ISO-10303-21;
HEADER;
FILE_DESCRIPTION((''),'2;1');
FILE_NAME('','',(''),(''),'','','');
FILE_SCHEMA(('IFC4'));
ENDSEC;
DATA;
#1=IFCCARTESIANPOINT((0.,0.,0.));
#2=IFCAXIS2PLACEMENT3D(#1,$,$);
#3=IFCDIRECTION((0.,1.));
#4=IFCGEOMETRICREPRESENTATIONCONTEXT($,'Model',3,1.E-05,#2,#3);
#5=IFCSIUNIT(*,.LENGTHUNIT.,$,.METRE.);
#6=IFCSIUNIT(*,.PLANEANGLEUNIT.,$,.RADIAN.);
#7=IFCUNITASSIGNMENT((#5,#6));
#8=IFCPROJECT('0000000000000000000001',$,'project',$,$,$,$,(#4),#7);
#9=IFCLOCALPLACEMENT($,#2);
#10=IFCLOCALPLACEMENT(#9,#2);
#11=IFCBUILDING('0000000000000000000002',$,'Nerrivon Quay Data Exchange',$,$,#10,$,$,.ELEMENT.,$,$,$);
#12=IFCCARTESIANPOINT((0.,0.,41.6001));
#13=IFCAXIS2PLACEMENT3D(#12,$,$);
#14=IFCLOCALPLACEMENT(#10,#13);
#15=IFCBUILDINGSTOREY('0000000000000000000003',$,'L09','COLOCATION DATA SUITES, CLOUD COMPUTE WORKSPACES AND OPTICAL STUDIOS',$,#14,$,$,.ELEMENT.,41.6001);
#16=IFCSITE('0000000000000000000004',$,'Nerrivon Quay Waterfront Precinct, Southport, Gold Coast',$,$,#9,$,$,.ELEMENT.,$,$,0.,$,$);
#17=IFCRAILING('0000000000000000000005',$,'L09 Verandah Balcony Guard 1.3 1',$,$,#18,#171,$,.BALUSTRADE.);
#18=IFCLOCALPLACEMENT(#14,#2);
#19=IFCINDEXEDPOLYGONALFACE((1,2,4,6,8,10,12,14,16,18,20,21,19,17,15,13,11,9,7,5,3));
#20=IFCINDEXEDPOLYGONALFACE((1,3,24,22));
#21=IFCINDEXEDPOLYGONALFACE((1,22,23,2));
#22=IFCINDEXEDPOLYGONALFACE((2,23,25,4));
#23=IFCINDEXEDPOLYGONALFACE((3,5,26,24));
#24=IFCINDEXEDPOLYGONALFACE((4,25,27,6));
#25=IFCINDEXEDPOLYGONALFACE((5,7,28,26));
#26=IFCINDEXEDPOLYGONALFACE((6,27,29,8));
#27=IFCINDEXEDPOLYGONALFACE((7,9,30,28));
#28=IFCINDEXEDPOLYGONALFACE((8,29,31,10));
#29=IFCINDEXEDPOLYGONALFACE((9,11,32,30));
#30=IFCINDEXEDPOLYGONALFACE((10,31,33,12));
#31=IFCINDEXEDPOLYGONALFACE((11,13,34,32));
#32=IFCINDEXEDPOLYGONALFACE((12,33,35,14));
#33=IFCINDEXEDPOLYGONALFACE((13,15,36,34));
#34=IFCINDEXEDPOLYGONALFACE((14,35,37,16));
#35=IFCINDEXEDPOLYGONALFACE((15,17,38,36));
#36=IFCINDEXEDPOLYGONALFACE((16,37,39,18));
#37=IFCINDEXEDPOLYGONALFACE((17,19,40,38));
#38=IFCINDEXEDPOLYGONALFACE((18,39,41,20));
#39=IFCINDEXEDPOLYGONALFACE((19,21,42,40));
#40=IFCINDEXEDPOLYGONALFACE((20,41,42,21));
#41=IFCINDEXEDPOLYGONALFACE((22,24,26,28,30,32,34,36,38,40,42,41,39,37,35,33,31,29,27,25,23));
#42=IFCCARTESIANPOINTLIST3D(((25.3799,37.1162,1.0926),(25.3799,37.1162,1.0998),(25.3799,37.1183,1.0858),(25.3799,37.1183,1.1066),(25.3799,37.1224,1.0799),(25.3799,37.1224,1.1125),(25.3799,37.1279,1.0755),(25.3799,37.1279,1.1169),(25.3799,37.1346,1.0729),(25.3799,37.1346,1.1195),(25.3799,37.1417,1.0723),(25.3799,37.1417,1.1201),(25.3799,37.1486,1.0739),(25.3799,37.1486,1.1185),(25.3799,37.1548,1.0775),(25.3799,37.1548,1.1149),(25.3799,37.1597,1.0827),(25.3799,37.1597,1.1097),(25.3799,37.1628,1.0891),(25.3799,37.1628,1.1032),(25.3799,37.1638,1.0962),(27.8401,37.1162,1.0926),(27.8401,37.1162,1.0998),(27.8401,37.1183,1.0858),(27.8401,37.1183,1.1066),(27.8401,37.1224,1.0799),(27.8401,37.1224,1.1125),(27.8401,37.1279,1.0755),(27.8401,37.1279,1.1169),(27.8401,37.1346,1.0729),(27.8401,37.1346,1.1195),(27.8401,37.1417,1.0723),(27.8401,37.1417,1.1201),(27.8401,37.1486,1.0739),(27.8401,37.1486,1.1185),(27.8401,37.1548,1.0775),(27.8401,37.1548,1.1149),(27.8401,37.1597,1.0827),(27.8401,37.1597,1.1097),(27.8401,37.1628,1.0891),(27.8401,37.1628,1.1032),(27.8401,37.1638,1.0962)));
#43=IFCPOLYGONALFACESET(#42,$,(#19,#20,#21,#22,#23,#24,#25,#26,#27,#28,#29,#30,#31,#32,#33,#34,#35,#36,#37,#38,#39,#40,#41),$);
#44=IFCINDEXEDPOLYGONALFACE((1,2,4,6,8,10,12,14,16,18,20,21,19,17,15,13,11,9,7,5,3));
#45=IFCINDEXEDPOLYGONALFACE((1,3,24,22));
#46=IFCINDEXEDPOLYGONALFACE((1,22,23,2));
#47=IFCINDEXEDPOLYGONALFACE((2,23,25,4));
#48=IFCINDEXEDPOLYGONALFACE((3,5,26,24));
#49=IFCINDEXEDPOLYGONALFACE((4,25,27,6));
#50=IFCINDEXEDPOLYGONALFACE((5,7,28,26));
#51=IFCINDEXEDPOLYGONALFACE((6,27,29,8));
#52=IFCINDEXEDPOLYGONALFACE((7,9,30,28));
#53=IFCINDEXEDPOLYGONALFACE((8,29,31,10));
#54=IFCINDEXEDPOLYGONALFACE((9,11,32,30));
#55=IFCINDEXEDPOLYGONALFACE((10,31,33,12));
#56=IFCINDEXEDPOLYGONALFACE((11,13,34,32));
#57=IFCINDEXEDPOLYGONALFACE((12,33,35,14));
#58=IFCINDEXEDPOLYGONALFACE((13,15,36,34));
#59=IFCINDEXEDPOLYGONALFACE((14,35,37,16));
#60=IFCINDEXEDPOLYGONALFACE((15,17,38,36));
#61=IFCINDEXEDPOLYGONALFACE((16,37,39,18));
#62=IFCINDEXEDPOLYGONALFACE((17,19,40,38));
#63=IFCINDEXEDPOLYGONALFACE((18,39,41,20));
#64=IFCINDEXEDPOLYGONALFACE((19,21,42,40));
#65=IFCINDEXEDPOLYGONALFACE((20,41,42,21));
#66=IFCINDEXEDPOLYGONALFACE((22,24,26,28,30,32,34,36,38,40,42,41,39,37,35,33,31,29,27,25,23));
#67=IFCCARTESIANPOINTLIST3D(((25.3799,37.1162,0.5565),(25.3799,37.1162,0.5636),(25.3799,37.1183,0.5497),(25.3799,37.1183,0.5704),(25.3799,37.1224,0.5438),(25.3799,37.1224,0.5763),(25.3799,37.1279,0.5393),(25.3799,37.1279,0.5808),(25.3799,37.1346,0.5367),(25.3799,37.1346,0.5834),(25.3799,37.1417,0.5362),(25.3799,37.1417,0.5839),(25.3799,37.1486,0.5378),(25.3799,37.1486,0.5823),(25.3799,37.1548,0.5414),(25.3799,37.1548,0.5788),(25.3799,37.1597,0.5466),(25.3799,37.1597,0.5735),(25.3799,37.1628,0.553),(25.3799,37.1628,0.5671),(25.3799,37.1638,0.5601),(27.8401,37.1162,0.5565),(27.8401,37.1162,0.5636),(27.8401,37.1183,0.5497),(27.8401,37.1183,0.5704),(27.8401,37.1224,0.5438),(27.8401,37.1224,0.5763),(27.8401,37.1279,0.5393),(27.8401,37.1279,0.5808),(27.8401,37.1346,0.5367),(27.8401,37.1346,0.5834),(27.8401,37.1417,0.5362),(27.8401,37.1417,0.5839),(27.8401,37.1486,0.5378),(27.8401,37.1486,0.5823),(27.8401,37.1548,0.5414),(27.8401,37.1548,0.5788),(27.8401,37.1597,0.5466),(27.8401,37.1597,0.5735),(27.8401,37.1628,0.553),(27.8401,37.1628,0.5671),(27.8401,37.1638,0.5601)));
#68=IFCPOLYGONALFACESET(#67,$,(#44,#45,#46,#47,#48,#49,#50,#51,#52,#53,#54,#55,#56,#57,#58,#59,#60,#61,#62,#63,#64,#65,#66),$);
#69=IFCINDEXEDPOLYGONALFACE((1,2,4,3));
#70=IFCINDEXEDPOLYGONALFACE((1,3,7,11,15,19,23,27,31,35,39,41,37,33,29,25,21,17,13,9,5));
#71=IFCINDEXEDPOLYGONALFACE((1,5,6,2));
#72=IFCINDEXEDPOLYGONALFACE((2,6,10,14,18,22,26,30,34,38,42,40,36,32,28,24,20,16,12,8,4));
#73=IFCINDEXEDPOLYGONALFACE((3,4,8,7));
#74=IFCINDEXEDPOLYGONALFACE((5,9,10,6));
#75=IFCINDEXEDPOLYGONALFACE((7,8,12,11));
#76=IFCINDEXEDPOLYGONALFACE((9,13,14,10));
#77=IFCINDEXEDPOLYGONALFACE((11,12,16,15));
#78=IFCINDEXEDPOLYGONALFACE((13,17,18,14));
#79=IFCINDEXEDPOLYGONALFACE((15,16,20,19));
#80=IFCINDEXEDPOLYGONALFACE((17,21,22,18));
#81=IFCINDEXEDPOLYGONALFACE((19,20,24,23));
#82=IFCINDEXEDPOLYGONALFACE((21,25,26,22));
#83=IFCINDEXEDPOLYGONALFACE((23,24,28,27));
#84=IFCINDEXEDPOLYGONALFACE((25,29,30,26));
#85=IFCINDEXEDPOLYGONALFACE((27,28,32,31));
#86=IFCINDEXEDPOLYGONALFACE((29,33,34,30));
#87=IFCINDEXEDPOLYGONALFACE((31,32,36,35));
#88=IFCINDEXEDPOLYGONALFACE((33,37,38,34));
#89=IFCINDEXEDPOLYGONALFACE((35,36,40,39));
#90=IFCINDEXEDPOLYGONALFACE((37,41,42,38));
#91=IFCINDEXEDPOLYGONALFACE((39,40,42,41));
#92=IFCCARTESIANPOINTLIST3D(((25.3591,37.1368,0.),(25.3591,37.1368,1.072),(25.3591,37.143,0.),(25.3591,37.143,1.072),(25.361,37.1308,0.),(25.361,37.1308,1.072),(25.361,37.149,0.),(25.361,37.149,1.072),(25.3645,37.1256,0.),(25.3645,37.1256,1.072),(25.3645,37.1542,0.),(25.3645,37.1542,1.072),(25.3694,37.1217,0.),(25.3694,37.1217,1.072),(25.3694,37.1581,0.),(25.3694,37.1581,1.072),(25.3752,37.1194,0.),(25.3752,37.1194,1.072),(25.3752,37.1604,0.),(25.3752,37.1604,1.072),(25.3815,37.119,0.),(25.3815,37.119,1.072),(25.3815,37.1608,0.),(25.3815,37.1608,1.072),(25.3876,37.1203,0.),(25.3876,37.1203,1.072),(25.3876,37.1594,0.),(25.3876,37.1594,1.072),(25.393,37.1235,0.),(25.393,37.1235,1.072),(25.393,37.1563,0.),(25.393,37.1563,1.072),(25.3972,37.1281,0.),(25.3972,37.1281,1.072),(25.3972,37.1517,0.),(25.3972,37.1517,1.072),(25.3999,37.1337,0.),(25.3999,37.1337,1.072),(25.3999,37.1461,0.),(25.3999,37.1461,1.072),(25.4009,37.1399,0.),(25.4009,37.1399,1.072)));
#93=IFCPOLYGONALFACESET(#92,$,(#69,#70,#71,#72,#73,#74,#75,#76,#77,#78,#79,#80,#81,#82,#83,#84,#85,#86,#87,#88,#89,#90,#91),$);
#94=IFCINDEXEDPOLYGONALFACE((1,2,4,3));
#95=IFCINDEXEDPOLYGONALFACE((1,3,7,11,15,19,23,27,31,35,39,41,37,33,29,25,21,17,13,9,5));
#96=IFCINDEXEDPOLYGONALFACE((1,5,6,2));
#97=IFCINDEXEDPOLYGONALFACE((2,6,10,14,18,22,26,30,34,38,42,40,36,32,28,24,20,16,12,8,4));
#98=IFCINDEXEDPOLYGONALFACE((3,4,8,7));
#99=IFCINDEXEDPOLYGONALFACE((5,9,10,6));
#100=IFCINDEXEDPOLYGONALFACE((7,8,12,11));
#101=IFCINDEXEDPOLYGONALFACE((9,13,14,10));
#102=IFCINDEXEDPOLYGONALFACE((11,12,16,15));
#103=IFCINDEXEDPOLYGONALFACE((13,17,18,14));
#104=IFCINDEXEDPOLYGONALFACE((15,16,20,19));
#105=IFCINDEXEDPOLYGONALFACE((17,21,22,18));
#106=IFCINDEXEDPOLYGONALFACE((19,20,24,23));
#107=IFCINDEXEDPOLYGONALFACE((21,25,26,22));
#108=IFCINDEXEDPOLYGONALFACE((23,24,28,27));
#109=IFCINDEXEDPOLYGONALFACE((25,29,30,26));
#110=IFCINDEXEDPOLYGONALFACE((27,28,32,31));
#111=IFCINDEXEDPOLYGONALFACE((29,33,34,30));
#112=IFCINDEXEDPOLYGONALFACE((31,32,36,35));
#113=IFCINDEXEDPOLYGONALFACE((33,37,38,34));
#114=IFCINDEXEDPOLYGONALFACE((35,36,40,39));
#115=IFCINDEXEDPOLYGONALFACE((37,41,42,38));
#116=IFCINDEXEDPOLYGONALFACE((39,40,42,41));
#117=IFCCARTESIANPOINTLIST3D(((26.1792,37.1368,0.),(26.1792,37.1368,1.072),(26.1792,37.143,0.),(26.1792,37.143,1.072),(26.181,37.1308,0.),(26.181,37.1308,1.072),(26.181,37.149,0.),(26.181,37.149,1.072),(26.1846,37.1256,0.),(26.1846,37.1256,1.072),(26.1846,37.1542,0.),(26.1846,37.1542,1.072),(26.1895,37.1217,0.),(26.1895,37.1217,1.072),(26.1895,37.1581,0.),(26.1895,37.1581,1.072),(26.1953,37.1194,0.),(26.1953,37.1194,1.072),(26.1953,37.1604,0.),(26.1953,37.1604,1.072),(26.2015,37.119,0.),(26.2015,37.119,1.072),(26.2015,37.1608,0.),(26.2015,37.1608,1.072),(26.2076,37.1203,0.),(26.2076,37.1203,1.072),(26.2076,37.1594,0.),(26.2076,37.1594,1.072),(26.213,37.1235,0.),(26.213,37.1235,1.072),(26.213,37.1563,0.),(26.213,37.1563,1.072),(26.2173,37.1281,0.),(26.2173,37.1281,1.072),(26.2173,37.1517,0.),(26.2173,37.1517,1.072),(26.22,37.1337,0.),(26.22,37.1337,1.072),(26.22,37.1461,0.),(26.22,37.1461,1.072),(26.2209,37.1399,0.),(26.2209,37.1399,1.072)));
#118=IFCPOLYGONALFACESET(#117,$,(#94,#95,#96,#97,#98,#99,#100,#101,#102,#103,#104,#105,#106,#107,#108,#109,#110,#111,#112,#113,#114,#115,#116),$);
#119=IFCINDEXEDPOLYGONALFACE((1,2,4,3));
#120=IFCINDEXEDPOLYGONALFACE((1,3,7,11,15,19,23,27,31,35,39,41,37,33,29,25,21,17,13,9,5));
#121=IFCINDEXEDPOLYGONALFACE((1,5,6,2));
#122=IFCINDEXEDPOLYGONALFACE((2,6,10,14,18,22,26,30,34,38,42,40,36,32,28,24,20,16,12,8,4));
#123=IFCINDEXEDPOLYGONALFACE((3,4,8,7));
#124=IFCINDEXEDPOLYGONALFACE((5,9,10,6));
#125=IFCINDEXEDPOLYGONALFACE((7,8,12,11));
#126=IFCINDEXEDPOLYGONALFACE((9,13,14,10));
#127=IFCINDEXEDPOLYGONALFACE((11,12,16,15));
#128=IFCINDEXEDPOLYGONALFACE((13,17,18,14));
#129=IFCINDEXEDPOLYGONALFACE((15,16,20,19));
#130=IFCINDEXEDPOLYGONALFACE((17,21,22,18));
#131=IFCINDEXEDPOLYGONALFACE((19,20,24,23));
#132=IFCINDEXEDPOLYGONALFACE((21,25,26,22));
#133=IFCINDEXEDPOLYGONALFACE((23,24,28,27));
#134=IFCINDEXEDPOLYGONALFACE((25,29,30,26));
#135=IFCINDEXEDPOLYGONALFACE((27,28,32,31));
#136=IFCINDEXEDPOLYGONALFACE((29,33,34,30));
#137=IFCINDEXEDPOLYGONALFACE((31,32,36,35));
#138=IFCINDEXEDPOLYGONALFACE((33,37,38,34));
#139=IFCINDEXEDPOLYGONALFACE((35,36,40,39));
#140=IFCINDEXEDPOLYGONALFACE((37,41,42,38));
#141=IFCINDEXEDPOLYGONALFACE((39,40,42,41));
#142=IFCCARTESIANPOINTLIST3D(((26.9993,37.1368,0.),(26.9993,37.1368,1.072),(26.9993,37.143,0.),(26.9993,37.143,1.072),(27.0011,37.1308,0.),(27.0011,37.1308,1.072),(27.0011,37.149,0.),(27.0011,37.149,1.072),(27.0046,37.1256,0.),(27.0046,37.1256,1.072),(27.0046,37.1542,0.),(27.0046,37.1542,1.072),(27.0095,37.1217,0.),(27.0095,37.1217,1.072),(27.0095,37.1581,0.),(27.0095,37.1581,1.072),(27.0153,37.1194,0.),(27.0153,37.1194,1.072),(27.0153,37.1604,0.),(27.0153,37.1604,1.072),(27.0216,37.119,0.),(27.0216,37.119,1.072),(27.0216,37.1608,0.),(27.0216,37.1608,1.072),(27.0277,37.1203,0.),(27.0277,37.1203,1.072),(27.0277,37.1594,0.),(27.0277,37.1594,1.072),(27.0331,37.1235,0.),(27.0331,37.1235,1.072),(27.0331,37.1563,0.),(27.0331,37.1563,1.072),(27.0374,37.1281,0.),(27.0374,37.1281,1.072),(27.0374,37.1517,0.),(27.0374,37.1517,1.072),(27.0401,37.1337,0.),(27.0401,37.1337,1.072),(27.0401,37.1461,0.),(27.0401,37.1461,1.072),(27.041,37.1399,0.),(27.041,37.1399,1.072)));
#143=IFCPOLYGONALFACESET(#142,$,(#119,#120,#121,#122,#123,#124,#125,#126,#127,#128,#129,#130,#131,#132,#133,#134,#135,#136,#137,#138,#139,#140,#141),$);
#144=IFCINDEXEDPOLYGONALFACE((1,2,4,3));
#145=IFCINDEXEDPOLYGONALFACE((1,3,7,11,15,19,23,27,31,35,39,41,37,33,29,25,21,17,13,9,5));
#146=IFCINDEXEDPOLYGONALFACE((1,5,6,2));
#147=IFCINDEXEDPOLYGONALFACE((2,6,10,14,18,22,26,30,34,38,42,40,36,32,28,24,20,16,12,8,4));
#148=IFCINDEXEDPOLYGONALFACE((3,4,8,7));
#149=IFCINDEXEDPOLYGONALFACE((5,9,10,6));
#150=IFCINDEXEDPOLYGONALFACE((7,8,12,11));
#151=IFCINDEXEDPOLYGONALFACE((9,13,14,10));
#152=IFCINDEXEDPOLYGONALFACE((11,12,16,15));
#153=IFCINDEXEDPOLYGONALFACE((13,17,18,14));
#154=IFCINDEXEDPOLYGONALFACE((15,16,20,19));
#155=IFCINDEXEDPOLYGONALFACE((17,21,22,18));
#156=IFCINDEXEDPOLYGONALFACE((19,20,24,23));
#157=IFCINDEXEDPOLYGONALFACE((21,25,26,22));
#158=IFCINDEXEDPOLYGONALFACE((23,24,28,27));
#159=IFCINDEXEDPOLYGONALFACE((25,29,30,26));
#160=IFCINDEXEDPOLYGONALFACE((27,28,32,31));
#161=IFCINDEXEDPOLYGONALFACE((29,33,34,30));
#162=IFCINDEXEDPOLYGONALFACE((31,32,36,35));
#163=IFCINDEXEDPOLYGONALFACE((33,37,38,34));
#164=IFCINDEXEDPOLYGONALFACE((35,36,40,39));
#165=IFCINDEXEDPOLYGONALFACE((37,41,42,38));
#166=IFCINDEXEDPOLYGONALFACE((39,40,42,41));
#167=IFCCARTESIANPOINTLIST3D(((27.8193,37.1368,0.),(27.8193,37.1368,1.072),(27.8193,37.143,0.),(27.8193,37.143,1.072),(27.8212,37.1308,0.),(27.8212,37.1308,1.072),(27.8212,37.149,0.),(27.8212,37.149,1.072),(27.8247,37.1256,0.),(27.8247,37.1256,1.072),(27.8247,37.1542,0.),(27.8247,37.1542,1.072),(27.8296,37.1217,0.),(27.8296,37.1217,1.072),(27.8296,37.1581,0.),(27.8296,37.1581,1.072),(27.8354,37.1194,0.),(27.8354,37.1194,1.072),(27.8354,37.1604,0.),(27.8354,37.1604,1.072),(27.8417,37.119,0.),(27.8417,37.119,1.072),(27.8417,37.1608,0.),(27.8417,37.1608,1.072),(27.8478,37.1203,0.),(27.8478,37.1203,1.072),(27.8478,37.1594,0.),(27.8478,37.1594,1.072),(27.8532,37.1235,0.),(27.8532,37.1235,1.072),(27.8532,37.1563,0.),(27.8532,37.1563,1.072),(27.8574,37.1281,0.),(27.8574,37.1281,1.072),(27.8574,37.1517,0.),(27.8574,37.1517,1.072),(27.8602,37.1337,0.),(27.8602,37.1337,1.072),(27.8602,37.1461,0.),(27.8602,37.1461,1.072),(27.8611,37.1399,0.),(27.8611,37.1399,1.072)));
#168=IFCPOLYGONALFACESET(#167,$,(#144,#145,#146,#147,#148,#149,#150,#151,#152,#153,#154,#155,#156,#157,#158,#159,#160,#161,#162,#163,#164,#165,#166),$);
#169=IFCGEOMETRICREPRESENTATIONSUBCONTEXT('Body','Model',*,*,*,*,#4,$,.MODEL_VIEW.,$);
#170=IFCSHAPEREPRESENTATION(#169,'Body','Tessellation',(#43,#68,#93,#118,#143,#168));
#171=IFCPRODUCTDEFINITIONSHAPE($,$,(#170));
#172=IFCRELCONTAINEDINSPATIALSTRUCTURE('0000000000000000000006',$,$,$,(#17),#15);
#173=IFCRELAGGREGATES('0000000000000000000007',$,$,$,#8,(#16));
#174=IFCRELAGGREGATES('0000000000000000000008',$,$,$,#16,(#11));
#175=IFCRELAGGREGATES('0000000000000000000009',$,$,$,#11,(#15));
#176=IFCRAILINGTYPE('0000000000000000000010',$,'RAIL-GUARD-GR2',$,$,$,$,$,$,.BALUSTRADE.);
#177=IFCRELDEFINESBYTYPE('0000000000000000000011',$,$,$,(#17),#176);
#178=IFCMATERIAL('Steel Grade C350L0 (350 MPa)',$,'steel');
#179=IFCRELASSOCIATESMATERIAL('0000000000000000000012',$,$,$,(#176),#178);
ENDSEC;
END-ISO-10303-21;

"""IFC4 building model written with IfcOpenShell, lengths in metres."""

from ifc_helpers import new_model, si_unit, direction, frame, origin, origin_2d, place, context, subcontext, project, spatial, circle, extrude, material, type_object, element, save


model = new_model("IFC4")

# Units and contexts
model_context = context("Model", 3, precision=1e-05, world=origin(), true_north=direction((0.0, 1.0)))
body_context = subcontext(model_context, "Body", "Model", "MODEL_VIEW")
ifc_project = project(units=[si_unit("LENGTHUNIT", "METRE"), si_unit("PLANEANGLEUNIT", "RADIAN")], contexts=[model_context])

# Site, building, storey
site_placement = place(None, origin())
site = spatial("IfcSite", under=ifc_project, at=site_placement, Name="Nerrivon Quay Waterfront Precinct, Southport, Gold Coast", CompositionType="ELEMENT", RefElevation=0.0)
building_placement = place(site_placement, origin())
building = spatial("IfcBuilding", under=site, at=building_placement, Name="Nerrivon Quay Data Exchange", CompositionType="ELEMENT")
storey_placement = place(building_placement, frame((0.0, 0.0, 41.6001)))
storey = spatial("IfcBuildingStorey", under=building, at=storey_placement, Name="L09", Description="COLOCATION DATA SUITES, CLOUD COMPUTE WORKSPACES AND OPTICAL STUDIOS", CompositionType="ELEMENT", Elevation=41.6001)

# Railing
ifc_material_1 = material(Name="Steel Grade C350L0 (350 MPa)", Category="steel")
railing_type = type_object("IfcRailingType", Name="RAIL-GUARD-GR2", PredefinedType="BALUSTRADE", material=ifc_material_1)
railing_1_placement = place(storey_placement, frame((25.3799, 37.1399, 0.0)))
element("IfcRailing", 1, at=railing_1_placement, inside=storey, type_object=railing_type, Name="L09 Verandah Balcony Guard 1.3 1", PredefinedType="BALUSTRADE", context=body_context, shape_type="SweptSolid", body=[
    extrude(circle(Radius=0.0239, at=origin_2d()), frame((0.0, 0.0, 1.0962), z_axis=(1.0, 0.0, 0.0), x_axis=(0.0, 1.0, 0.0)), (0.0, 0.0, 1.0), 2.4602),
    extrude(circle(Radius=0.0239, at=origin_2d()), frame((0.0, 0.0, 0.5601), z_axis=(1.0, 0.0, 0.0), x_axis=(0.0, 1.0, 0.0)), (0.0, 0.0, 1.0), 2.4602),
    extrude(circle(Radius=0.021, at=origin_2d()), origin(), (0.0, 0.0, 1.0), 1.072),
    extrude(circle(Radius=0.021, at=origin_2d()), frame((0.8201, 0.0, 0.0)), (0.0, 0.0, 1.0), 1.072),
    extrude(circle(Radius=0.021, at=origin_2d()), frame((1.6401, 0.0, 0.0)), (0.0, 0.0, 1.0), 1.072),
    extrude(circle(Radius=0.021, at=origin_2d()), frame((2.4602, 0.0, 0.0)), (0.0, 0.0, 1.0), 1.072),
])

save(model, "model.ifc")
